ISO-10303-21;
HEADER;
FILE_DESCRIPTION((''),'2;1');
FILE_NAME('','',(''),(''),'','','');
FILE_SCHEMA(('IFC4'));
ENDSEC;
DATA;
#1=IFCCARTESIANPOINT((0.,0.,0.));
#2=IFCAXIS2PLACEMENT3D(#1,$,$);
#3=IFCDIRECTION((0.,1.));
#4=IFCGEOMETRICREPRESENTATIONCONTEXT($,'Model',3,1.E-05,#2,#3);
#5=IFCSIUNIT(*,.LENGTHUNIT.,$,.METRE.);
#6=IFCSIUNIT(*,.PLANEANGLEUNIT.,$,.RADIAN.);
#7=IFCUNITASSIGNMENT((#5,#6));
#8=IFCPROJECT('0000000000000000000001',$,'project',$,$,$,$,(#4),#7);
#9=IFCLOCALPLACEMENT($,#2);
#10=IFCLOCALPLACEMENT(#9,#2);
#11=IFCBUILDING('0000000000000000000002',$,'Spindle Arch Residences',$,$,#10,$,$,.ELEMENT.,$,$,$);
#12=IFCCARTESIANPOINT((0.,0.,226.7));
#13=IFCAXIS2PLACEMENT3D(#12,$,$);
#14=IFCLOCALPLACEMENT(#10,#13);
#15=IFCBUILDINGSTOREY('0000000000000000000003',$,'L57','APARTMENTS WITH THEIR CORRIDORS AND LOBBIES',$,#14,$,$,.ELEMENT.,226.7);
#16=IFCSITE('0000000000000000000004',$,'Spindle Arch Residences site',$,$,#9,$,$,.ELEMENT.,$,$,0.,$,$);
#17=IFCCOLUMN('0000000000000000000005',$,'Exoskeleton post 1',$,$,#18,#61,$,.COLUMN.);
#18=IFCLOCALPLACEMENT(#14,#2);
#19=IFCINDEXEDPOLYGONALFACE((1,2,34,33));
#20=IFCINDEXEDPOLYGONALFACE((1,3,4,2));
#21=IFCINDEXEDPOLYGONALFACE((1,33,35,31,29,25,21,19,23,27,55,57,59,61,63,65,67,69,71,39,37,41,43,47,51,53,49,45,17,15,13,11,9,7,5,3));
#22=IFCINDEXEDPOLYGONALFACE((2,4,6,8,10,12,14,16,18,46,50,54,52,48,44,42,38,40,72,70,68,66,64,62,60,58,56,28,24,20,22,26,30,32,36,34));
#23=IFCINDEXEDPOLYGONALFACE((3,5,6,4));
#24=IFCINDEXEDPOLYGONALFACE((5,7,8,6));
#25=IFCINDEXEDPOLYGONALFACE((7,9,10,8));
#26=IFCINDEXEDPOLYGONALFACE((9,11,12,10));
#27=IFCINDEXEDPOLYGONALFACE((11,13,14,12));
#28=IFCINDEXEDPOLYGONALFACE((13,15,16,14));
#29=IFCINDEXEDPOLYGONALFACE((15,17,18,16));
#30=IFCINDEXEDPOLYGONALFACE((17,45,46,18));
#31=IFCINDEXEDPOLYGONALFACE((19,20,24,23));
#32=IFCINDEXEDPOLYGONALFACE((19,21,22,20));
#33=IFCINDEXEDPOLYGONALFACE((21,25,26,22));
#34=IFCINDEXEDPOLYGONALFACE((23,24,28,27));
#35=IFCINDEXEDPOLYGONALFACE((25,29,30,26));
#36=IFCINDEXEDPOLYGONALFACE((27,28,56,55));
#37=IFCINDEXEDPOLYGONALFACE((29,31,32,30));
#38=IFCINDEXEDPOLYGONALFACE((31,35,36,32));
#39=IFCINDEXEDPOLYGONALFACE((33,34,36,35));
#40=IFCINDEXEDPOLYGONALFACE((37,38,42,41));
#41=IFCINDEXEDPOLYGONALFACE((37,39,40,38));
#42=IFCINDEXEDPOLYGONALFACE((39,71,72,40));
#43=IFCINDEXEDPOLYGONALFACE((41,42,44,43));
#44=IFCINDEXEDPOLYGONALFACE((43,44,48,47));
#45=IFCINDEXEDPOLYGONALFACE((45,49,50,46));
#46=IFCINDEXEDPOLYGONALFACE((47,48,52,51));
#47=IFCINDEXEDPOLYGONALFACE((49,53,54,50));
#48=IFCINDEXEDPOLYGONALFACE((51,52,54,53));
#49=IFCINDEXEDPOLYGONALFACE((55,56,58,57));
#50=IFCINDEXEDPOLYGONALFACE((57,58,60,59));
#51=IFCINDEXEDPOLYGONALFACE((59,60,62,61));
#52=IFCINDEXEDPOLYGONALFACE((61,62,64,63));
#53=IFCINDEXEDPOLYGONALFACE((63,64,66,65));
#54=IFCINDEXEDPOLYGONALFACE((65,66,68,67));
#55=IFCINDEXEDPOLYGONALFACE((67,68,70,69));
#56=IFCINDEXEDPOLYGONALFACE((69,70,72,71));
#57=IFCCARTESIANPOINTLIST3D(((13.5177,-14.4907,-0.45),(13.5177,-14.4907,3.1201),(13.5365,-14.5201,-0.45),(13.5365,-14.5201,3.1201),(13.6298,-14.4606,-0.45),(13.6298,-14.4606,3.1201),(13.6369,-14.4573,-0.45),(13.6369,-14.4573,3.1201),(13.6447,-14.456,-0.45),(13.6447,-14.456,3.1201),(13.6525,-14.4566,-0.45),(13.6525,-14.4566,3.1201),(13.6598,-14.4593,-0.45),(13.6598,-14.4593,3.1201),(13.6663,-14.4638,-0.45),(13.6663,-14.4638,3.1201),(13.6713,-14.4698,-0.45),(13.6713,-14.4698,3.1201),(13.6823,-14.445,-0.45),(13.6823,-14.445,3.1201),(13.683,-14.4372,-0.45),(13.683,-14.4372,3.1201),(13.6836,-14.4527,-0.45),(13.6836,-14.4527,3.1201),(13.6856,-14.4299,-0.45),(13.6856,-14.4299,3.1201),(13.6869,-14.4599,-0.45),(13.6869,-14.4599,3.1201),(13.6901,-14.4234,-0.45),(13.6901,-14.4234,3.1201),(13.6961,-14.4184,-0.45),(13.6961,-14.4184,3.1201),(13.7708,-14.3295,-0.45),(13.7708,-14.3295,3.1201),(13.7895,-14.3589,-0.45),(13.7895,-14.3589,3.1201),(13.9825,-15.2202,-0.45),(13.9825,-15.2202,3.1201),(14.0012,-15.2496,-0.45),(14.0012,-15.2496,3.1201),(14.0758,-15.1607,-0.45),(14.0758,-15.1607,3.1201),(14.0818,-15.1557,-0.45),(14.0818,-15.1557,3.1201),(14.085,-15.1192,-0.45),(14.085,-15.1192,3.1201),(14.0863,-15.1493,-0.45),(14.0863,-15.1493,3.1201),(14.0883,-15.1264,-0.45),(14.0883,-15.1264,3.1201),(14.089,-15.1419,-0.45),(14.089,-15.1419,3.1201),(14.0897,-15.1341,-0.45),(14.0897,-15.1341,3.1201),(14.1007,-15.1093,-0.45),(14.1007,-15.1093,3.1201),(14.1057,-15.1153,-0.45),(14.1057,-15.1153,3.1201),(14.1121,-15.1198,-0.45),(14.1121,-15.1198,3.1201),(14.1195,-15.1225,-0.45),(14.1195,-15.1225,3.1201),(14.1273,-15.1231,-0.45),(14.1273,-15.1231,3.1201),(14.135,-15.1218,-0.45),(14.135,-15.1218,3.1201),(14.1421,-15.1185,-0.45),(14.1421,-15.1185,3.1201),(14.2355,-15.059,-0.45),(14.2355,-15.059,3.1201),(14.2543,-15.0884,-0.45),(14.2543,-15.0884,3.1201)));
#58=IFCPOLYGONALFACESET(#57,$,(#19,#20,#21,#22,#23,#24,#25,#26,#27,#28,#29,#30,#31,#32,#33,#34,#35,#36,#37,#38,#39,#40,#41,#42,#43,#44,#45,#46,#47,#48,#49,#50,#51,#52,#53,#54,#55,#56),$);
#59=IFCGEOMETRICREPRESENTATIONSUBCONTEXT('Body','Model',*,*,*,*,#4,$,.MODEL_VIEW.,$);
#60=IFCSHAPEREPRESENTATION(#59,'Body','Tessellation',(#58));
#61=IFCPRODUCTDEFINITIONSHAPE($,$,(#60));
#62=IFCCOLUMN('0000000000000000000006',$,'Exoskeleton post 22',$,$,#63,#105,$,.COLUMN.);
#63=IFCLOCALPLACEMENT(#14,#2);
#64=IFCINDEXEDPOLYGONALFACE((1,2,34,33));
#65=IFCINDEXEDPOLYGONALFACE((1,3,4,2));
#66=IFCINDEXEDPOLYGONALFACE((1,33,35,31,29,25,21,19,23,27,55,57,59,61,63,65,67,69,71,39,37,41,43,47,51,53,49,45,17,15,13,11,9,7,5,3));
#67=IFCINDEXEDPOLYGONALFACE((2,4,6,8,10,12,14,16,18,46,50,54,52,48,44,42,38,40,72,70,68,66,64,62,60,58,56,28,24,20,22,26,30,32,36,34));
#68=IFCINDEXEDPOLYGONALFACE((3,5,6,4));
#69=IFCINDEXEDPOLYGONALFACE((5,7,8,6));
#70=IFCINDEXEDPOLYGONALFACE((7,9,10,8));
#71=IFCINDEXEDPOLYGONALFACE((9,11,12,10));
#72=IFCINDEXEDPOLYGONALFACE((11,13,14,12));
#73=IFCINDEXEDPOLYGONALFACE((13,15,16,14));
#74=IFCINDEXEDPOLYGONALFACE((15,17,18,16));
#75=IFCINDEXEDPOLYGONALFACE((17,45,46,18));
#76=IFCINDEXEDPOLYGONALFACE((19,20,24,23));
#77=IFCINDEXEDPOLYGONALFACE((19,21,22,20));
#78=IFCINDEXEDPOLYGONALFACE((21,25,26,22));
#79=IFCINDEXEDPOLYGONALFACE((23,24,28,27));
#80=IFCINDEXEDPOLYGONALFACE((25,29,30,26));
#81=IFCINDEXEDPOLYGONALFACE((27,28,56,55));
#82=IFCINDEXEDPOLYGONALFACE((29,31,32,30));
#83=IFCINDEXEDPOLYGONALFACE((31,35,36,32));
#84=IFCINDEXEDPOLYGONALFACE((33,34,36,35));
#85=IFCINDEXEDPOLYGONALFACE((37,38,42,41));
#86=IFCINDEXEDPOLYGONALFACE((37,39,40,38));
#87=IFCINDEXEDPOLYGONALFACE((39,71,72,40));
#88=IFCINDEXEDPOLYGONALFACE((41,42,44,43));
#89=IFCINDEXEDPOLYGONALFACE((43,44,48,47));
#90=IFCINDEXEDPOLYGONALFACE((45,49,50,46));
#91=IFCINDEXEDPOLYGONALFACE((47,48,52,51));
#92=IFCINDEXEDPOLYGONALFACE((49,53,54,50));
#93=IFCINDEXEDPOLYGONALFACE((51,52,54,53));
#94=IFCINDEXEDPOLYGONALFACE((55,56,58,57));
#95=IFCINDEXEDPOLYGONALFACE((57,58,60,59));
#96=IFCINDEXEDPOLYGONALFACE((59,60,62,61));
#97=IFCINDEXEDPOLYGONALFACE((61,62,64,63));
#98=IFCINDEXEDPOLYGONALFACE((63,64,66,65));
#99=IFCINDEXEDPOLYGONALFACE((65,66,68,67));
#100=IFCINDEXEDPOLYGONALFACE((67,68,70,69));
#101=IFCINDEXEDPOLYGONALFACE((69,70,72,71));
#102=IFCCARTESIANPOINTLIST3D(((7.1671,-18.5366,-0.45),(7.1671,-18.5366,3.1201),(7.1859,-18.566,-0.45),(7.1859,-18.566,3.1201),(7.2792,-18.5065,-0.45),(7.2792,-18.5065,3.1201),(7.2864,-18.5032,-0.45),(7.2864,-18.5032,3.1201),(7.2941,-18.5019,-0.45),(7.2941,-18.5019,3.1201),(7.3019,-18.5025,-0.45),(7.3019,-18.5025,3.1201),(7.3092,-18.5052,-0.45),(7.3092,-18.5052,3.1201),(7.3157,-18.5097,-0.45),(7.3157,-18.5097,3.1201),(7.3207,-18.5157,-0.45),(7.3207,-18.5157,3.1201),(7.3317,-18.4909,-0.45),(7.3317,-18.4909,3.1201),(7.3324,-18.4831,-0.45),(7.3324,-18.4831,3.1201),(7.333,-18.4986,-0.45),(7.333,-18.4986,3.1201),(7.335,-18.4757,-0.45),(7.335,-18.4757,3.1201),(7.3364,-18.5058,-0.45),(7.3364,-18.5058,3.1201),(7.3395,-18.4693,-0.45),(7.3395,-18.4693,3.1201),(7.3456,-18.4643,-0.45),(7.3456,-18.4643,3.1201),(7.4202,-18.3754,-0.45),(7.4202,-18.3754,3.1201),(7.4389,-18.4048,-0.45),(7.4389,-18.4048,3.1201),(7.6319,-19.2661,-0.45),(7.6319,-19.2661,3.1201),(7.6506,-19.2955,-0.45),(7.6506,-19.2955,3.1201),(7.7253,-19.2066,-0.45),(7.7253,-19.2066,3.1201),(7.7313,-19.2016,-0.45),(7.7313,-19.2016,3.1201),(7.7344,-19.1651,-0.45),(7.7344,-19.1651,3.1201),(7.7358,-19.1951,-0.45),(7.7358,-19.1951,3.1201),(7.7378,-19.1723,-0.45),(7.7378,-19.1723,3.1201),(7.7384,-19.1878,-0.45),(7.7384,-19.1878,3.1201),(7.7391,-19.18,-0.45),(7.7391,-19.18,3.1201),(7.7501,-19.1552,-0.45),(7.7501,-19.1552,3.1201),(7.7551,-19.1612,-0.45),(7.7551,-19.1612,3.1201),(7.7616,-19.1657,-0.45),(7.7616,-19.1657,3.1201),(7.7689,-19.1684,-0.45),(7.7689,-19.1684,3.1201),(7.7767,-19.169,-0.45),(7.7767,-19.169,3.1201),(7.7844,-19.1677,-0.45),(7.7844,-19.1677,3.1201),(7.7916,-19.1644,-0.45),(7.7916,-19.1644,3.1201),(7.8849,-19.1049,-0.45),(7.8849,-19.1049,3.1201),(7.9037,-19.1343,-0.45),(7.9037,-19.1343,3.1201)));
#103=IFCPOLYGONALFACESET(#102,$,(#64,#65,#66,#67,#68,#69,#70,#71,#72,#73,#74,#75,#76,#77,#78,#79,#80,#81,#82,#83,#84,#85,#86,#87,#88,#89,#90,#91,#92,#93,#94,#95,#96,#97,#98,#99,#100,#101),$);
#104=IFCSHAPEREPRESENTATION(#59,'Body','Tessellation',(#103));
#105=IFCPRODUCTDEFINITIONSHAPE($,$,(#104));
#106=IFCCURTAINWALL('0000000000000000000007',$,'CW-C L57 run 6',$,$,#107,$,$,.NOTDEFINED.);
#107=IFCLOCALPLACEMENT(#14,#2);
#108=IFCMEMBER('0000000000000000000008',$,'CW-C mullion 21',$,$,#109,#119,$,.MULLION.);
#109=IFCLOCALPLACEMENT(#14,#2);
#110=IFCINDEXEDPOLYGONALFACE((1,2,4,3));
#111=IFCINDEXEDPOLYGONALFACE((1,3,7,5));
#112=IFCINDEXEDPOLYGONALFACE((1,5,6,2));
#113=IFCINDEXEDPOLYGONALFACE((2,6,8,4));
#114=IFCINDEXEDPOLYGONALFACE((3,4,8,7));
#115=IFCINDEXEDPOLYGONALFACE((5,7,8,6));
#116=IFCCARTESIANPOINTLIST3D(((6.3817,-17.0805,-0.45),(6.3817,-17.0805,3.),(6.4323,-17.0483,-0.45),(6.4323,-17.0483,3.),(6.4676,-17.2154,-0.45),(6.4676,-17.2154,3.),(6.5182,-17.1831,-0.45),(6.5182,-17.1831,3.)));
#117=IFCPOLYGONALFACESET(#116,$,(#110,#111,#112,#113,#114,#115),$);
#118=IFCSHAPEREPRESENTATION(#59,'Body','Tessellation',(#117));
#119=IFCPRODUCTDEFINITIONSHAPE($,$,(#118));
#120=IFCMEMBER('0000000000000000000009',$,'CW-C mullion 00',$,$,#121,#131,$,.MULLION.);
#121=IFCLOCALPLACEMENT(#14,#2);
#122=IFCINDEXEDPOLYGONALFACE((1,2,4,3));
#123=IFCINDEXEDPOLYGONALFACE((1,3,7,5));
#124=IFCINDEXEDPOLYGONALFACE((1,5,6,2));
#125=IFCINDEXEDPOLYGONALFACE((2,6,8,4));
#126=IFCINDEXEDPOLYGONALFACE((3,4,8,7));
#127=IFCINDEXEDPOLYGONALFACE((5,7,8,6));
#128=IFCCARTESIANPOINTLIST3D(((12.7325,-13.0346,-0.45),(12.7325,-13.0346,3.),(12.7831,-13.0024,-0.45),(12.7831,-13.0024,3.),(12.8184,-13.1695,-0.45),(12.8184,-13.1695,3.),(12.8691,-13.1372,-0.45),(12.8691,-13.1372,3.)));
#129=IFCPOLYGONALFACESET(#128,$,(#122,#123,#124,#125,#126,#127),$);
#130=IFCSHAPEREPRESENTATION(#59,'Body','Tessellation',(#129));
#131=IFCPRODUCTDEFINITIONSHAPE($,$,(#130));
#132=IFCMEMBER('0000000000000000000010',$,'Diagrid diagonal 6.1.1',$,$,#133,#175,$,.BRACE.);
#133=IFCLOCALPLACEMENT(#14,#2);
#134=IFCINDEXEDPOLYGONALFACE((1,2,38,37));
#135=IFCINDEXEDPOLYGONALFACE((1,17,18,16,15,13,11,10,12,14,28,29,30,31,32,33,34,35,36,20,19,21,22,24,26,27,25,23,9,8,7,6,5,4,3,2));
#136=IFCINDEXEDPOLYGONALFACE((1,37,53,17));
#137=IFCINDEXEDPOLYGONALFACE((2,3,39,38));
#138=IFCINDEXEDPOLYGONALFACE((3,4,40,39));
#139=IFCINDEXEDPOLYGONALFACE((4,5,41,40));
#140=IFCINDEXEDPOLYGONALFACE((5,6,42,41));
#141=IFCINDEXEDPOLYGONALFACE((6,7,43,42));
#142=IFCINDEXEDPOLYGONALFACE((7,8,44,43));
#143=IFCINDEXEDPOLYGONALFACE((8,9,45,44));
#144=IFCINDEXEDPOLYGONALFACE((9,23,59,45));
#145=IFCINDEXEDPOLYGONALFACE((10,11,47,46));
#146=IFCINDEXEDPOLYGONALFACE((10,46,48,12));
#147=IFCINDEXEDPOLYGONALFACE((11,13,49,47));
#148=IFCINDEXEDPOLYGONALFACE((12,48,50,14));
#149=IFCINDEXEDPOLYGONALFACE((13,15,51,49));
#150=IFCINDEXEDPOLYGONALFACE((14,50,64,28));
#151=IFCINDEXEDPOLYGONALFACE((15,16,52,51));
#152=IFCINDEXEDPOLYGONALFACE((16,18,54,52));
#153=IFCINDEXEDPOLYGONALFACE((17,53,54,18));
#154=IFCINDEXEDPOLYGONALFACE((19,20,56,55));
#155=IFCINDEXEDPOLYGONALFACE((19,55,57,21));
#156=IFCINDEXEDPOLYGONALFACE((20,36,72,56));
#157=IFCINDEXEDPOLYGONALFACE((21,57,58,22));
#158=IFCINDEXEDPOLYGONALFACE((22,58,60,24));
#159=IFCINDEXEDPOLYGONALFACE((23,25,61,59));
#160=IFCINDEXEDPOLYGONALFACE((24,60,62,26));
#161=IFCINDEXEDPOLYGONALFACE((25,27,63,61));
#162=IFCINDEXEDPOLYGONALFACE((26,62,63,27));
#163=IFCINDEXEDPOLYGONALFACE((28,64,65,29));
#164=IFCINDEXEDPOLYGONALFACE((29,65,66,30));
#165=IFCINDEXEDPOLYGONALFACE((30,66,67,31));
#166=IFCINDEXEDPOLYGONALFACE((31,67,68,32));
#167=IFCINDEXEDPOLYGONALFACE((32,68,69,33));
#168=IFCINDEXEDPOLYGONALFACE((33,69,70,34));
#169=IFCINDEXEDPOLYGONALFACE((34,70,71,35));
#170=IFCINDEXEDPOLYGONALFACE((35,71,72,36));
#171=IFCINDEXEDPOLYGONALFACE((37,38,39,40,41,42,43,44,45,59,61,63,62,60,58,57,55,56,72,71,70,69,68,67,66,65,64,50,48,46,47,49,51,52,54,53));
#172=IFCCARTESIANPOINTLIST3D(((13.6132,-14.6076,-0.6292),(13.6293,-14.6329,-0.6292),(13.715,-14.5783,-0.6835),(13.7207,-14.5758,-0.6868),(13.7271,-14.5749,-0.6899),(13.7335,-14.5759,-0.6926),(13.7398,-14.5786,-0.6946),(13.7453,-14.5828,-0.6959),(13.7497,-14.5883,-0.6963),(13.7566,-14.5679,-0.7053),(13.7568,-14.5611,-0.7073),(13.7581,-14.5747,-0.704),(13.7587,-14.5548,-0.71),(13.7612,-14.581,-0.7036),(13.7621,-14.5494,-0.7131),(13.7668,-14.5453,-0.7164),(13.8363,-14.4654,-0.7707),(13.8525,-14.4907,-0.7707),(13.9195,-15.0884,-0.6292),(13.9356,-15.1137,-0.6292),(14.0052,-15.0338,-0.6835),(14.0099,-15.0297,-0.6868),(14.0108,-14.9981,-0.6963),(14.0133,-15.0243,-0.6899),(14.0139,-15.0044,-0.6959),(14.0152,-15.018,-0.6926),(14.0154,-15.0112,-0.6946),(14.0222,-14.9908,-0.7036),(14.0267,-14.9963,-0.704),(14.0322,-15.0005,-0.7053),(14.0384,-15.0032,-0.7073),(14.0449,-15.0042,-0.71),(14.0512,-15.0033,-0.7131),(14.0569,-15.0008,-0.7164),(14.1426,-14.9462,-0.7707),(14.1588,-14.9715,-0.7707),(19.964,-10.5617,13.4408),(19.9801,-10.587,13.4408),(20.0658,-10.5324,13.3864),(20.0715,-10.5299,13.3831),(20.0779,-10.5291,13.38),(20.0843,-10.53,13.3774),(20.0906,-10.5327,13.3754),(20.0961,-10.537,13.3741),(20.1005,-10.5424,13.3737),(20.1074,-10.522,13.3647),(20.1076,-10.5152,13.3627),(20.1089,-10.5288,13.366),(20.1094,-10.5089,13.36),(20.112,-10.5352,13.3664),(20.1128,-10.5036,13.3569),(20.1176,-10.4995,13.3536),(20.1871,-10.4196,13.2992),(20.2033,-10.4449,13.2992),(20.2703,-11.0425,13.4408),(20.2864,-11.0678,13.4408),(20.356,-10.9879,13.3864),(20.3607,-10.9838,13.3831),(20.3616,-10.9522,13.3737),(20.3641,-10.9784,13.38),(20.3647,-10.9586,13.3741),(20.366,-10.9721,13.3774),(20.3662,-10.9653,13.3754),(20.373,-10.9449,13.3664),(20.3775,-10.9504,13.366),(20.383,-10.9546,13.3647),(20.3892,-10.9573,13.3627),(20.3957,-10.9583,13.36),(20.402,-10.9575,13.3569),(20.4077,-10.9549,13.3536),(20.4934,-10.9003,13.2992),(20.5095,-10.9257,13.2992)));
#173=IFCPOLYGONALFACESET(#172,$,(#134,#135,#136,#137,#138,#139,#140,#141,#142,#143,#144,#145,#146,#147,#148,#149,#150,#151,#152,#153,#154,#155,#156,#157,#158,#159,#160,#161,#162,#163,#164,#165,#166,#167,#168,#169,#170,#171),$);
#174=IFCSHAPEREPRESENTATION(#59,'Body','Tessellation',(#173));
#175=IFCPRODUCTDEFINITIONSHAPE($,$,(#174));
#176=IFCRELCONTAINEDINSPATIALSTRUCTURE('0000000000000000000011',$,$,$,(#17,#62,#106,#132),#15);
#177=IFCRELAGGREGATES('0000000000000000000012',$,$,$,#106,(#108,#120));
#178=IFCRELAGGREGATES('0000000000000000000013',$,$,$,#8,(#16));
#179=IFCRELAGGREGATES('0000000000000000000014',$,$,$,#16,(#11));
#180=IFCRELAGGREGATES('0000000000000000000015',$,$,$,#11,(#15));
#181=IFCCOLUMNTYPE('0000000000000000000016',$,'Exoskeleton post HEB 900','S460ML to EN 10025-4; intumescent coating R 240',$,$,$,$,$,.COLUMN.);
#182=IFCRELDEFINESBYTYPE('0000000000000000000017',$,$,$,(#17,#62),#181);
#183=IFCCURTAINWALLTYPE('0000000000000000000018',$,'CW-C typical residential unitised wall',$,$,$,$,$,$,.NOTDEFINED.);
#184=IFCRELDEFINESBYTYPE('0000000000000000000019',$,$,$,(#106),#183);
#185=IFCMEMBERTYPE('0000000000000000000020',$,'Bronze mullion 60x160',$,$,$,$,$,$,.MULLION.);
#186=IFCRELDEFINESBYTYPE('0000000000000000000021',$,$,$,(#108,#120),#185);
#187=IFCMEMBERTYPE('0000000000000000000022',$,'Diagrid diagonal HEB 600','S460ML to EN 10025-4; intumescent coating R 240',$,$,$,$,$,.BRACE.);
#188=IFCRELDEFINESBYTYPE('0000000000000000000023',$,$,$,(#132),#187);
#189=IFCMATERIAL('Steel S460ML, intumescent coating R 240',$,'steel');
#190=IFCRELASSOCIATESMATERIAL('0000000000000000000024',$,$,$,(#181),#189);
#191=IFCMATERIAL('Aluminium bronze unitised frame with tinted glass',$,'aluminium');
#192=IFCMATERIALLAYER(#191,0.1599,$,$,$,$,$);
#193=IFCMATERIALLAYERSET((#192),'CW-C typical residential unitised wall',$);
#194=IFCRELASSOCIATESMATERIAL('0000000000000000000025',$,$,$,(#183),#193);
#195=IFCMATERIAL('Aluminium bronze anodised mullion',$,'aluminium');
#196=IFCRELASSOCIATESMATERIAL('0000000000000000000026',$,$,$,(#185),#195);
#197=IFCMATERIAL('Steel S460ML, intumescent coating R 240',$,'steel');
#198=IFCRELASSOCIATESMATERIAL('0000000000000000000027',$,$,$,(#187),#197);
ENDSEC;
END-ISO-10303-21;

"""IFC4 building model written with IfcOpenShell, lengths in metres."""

from ifc_helpers import new_model, si_unit, direction, frame, origin, origin_2d, place, context, subcontext, project, spatial, rectangle, i_section, extrude, material, layer, layer_set, material_profile, profile_set, type_object, element, aggregate, save


model = new_model("IFC4")

# Units and contexts
model_context = context("Model", 3, precision=1e-05, world=origin(), true_north=direction((0.0, 1.0)))
body_context = subcontext(model_context, "Body", "Model", "MODEL_VIEW")
ifc_project = project(units=[si_unit("LENGTHUNIT", "METRE"), si_unit("PLANEANGLEUNIT", "RADIAN")], contexts=[model_context])

# Site, building, storey
site_placement = place(None, origin())
site = spatial("IfcSite", under=ifc_project, at=site_placement, Name="Spindle Arch Residences site", CompositionType="ELEMENT", RefElevation=0.0)
building_placement = place(site_placement, origin())
building = spatial("IfcBuilding", under=site, at=building_placement, Name="Spindle Arch Residences", CompositionType="ELEMENT")
storey_placement = place(building_placement, frame((0.0, 0.0, 226.7)))
storey = spatial("IfcBuildingStorey", under=building, at=storey_placement, Name="L57", Description="APARTMENTS WITH THEIR CORRIDORS AND LOBBIES", CompositionType="ELEMENT", Elevation=226.7)

# Columns
ifc_material_1 = material(Name="Steel S460ML, intumescent coating R 240", Category="steel")
ifc_material_profile_1 = material_profile(ifc_material_1, i_section(OverallWidth=0.3, OverallDepth=0.8999, WebThickness=0.0186, FlangeThickness=0.0349, FilletRadius=0.03, at=origin_2d()), Name="HEB 900")
ifc_profile_set_1 = profile_set([ifc_material_profile_1], Name="Steel S460ML, intumescent coating R 240")
column_type = type_object("IfcColumnType", Name="Exoskeleton post HEB 900", Description="S460ML to EN 10025-4; intumescent coating R 240", PredefinedType="COLUMN", material=ifc_profile_set_1)
for number, where, z_axis, x_axis, name in (
    (1, (13.886, -14.7896, -0.45), (0.0, 0.0, 1.0), (-0.843391, -0.5373, 0.0), "Exoskeleton post 1"),
    (2, (7.5354, -18.8354, -0.45), (0.0, 0.0, 1.0), (-0.843391, -0.5373, 0.0), "Exoskeleton post 22"),
):
    element("IfcColumn", number, at=place(storey_placement, frame(where, z_axis=z_axis, x_axis=x_axis)), inside=storey, type_object=column_type, Name=name, PredefinedType="COLUMN", context=body_context, shape_type="SweptSolid", body=[
        extrude(i_section(OverallWidth=0.3, OverallDepth=0.8999, WebThickness=0.0186, FlangeThickness=0.0349, FilletRadius=0.03, at=origin_2d()), origin(), (0.0, 0.0, 1.0), 3.5701),
    ])

# Curtain wall, members
ifc_material_2 = material(Name="Aluminium bronze unitised frame with tinted glass", Category="aluminium")
ifc_layer_1 = layer(ifc_material_2, 0.1599)
ifc_layer_set_1 = layer_set([ifc_layer_1], Name="CW-C typical residential unitised wall")
curtain_wall_type = type_object("IfcCurtainWallType", Name="CW-C typical residential unitised wall", PredefinedType="NOTDEFINED", material=ifc_layer_set_1)
curtain_wall_placement = place(storey_placement, origin())
curtain_wall = element("IfcCurtainWall", 3, at=curtain_wall_placement, inside=storey, type_object=curtain_wall_type, Name="CW-C L57 run 6", PredefinedType="NOTDEFINED")
ifc_material_3 = material(Name="Aluminium bronze anodised mullion", Category="aluminium")
ifc_material_profile_2 = material_profile(ifc_material_3, rectangle(XDim=0.1599, YDim=0.0601, at=origin_2d()), Name="MU 60x160")
ifc_profile_set_2 = profile_set([ifc_material_profile_2], Name="Aluminium bronze anodised mullion")
member_type_1 = type_object("IfcMemberType", Name="Bronze mullion 60x160", PredefinedType="MULLION", material=ifc_profile_set_2)
member_1_placement = place(storey_placement, frame((6.45, -17.1318, -0.45), z_axis=(0.0, 0.0, 1.0), x_axis=(-0.5373, 0.843391, 0.0)))
member_1 = element("IfcMember", 4, at=member_1_placement, type_object=member_type_1, Name="CW-C mullion 21", PredefinedType="MULLION", context=body_context, shape_type="SweptSolid", body=[
    extrude(rectangle(XDim=0.1599, YDim=0.0601, at=origin_2d()), origin(), (0.0, 0.0, 1.0), 3.45),
])
member_2_placement = place(storey_placement, frame((12.8008, -13.0859, -0.45), z_axis=(0.0, 0.0, 1.0), x_axis=(-0.5373, 0.843391, 0.0)))
member_2 = element("IfcMember", 5, at=member_2_placement, type_object=member_type_1, Name="CW-C mullion 00", PredefinedType="MULLION", context=body_context, shape_type="SweptSolid", body=[
    extrude(rectangle(XDim=0.1599, YDim=0.0601, at=origin_2d()), origin(), (0.0, 0.0, 1.0), 3.45),
])

# Member
ifc_material_4 = material(Name="Steel S460ML, intumescent coating R 240", Category="steel")
ifc_material_profile_3 = material_profile(ifc_material_4, i_section(OverallWidth=0.3, OverallDepth=0.6001, WebThickness=0.0154, FlangeThickness=0.03, FilletRadius=0.0271, at=origin_2d()), Name="HEB 600")
ifc_profile_set_3 = profile_set([ifc_material_profile_3], Name="Steel S460ML, intumescent coating R 240")
member_type_2 = type_object("IfcMemberType", Name="Diagrid diagonal HEB 600", Description="S460ML to EN 10025-4; intumescent coating R 240", PredefinedType="BRACE", material=ifc_profile_set_3)
for number, where, z_axis, x_axis, name in (
    (6, (13.886, -14.7896, -0.7), (0.397963, 0.253529, 0.881674), (-0.743598, -0.473721, 0.471859), "Diagrid diagonal 6.1.1"),
):
    element("IfcMember", number, at=place(storey_placement, frame(where, z_axis=z_axis, x_axis=x_axis)), inside=storey, type_object=member_type_2, Name=name, PredefinedType="BRACE", context=body_context, shape_type="SweptSolid", body=[
        extrude(i_section(OverallWidth=0.3, OverallDepth=0.6001, WebThickness=0.0154, FlangeThickness=0.03, FilletRadius=0.0271, at=origin_2d()), origin(), (0.0, 0.0, 1.0), 15.9583),
    ])

aggregate(curtain_wall, [member_1, member_2])

save(model, "model.ifc")
